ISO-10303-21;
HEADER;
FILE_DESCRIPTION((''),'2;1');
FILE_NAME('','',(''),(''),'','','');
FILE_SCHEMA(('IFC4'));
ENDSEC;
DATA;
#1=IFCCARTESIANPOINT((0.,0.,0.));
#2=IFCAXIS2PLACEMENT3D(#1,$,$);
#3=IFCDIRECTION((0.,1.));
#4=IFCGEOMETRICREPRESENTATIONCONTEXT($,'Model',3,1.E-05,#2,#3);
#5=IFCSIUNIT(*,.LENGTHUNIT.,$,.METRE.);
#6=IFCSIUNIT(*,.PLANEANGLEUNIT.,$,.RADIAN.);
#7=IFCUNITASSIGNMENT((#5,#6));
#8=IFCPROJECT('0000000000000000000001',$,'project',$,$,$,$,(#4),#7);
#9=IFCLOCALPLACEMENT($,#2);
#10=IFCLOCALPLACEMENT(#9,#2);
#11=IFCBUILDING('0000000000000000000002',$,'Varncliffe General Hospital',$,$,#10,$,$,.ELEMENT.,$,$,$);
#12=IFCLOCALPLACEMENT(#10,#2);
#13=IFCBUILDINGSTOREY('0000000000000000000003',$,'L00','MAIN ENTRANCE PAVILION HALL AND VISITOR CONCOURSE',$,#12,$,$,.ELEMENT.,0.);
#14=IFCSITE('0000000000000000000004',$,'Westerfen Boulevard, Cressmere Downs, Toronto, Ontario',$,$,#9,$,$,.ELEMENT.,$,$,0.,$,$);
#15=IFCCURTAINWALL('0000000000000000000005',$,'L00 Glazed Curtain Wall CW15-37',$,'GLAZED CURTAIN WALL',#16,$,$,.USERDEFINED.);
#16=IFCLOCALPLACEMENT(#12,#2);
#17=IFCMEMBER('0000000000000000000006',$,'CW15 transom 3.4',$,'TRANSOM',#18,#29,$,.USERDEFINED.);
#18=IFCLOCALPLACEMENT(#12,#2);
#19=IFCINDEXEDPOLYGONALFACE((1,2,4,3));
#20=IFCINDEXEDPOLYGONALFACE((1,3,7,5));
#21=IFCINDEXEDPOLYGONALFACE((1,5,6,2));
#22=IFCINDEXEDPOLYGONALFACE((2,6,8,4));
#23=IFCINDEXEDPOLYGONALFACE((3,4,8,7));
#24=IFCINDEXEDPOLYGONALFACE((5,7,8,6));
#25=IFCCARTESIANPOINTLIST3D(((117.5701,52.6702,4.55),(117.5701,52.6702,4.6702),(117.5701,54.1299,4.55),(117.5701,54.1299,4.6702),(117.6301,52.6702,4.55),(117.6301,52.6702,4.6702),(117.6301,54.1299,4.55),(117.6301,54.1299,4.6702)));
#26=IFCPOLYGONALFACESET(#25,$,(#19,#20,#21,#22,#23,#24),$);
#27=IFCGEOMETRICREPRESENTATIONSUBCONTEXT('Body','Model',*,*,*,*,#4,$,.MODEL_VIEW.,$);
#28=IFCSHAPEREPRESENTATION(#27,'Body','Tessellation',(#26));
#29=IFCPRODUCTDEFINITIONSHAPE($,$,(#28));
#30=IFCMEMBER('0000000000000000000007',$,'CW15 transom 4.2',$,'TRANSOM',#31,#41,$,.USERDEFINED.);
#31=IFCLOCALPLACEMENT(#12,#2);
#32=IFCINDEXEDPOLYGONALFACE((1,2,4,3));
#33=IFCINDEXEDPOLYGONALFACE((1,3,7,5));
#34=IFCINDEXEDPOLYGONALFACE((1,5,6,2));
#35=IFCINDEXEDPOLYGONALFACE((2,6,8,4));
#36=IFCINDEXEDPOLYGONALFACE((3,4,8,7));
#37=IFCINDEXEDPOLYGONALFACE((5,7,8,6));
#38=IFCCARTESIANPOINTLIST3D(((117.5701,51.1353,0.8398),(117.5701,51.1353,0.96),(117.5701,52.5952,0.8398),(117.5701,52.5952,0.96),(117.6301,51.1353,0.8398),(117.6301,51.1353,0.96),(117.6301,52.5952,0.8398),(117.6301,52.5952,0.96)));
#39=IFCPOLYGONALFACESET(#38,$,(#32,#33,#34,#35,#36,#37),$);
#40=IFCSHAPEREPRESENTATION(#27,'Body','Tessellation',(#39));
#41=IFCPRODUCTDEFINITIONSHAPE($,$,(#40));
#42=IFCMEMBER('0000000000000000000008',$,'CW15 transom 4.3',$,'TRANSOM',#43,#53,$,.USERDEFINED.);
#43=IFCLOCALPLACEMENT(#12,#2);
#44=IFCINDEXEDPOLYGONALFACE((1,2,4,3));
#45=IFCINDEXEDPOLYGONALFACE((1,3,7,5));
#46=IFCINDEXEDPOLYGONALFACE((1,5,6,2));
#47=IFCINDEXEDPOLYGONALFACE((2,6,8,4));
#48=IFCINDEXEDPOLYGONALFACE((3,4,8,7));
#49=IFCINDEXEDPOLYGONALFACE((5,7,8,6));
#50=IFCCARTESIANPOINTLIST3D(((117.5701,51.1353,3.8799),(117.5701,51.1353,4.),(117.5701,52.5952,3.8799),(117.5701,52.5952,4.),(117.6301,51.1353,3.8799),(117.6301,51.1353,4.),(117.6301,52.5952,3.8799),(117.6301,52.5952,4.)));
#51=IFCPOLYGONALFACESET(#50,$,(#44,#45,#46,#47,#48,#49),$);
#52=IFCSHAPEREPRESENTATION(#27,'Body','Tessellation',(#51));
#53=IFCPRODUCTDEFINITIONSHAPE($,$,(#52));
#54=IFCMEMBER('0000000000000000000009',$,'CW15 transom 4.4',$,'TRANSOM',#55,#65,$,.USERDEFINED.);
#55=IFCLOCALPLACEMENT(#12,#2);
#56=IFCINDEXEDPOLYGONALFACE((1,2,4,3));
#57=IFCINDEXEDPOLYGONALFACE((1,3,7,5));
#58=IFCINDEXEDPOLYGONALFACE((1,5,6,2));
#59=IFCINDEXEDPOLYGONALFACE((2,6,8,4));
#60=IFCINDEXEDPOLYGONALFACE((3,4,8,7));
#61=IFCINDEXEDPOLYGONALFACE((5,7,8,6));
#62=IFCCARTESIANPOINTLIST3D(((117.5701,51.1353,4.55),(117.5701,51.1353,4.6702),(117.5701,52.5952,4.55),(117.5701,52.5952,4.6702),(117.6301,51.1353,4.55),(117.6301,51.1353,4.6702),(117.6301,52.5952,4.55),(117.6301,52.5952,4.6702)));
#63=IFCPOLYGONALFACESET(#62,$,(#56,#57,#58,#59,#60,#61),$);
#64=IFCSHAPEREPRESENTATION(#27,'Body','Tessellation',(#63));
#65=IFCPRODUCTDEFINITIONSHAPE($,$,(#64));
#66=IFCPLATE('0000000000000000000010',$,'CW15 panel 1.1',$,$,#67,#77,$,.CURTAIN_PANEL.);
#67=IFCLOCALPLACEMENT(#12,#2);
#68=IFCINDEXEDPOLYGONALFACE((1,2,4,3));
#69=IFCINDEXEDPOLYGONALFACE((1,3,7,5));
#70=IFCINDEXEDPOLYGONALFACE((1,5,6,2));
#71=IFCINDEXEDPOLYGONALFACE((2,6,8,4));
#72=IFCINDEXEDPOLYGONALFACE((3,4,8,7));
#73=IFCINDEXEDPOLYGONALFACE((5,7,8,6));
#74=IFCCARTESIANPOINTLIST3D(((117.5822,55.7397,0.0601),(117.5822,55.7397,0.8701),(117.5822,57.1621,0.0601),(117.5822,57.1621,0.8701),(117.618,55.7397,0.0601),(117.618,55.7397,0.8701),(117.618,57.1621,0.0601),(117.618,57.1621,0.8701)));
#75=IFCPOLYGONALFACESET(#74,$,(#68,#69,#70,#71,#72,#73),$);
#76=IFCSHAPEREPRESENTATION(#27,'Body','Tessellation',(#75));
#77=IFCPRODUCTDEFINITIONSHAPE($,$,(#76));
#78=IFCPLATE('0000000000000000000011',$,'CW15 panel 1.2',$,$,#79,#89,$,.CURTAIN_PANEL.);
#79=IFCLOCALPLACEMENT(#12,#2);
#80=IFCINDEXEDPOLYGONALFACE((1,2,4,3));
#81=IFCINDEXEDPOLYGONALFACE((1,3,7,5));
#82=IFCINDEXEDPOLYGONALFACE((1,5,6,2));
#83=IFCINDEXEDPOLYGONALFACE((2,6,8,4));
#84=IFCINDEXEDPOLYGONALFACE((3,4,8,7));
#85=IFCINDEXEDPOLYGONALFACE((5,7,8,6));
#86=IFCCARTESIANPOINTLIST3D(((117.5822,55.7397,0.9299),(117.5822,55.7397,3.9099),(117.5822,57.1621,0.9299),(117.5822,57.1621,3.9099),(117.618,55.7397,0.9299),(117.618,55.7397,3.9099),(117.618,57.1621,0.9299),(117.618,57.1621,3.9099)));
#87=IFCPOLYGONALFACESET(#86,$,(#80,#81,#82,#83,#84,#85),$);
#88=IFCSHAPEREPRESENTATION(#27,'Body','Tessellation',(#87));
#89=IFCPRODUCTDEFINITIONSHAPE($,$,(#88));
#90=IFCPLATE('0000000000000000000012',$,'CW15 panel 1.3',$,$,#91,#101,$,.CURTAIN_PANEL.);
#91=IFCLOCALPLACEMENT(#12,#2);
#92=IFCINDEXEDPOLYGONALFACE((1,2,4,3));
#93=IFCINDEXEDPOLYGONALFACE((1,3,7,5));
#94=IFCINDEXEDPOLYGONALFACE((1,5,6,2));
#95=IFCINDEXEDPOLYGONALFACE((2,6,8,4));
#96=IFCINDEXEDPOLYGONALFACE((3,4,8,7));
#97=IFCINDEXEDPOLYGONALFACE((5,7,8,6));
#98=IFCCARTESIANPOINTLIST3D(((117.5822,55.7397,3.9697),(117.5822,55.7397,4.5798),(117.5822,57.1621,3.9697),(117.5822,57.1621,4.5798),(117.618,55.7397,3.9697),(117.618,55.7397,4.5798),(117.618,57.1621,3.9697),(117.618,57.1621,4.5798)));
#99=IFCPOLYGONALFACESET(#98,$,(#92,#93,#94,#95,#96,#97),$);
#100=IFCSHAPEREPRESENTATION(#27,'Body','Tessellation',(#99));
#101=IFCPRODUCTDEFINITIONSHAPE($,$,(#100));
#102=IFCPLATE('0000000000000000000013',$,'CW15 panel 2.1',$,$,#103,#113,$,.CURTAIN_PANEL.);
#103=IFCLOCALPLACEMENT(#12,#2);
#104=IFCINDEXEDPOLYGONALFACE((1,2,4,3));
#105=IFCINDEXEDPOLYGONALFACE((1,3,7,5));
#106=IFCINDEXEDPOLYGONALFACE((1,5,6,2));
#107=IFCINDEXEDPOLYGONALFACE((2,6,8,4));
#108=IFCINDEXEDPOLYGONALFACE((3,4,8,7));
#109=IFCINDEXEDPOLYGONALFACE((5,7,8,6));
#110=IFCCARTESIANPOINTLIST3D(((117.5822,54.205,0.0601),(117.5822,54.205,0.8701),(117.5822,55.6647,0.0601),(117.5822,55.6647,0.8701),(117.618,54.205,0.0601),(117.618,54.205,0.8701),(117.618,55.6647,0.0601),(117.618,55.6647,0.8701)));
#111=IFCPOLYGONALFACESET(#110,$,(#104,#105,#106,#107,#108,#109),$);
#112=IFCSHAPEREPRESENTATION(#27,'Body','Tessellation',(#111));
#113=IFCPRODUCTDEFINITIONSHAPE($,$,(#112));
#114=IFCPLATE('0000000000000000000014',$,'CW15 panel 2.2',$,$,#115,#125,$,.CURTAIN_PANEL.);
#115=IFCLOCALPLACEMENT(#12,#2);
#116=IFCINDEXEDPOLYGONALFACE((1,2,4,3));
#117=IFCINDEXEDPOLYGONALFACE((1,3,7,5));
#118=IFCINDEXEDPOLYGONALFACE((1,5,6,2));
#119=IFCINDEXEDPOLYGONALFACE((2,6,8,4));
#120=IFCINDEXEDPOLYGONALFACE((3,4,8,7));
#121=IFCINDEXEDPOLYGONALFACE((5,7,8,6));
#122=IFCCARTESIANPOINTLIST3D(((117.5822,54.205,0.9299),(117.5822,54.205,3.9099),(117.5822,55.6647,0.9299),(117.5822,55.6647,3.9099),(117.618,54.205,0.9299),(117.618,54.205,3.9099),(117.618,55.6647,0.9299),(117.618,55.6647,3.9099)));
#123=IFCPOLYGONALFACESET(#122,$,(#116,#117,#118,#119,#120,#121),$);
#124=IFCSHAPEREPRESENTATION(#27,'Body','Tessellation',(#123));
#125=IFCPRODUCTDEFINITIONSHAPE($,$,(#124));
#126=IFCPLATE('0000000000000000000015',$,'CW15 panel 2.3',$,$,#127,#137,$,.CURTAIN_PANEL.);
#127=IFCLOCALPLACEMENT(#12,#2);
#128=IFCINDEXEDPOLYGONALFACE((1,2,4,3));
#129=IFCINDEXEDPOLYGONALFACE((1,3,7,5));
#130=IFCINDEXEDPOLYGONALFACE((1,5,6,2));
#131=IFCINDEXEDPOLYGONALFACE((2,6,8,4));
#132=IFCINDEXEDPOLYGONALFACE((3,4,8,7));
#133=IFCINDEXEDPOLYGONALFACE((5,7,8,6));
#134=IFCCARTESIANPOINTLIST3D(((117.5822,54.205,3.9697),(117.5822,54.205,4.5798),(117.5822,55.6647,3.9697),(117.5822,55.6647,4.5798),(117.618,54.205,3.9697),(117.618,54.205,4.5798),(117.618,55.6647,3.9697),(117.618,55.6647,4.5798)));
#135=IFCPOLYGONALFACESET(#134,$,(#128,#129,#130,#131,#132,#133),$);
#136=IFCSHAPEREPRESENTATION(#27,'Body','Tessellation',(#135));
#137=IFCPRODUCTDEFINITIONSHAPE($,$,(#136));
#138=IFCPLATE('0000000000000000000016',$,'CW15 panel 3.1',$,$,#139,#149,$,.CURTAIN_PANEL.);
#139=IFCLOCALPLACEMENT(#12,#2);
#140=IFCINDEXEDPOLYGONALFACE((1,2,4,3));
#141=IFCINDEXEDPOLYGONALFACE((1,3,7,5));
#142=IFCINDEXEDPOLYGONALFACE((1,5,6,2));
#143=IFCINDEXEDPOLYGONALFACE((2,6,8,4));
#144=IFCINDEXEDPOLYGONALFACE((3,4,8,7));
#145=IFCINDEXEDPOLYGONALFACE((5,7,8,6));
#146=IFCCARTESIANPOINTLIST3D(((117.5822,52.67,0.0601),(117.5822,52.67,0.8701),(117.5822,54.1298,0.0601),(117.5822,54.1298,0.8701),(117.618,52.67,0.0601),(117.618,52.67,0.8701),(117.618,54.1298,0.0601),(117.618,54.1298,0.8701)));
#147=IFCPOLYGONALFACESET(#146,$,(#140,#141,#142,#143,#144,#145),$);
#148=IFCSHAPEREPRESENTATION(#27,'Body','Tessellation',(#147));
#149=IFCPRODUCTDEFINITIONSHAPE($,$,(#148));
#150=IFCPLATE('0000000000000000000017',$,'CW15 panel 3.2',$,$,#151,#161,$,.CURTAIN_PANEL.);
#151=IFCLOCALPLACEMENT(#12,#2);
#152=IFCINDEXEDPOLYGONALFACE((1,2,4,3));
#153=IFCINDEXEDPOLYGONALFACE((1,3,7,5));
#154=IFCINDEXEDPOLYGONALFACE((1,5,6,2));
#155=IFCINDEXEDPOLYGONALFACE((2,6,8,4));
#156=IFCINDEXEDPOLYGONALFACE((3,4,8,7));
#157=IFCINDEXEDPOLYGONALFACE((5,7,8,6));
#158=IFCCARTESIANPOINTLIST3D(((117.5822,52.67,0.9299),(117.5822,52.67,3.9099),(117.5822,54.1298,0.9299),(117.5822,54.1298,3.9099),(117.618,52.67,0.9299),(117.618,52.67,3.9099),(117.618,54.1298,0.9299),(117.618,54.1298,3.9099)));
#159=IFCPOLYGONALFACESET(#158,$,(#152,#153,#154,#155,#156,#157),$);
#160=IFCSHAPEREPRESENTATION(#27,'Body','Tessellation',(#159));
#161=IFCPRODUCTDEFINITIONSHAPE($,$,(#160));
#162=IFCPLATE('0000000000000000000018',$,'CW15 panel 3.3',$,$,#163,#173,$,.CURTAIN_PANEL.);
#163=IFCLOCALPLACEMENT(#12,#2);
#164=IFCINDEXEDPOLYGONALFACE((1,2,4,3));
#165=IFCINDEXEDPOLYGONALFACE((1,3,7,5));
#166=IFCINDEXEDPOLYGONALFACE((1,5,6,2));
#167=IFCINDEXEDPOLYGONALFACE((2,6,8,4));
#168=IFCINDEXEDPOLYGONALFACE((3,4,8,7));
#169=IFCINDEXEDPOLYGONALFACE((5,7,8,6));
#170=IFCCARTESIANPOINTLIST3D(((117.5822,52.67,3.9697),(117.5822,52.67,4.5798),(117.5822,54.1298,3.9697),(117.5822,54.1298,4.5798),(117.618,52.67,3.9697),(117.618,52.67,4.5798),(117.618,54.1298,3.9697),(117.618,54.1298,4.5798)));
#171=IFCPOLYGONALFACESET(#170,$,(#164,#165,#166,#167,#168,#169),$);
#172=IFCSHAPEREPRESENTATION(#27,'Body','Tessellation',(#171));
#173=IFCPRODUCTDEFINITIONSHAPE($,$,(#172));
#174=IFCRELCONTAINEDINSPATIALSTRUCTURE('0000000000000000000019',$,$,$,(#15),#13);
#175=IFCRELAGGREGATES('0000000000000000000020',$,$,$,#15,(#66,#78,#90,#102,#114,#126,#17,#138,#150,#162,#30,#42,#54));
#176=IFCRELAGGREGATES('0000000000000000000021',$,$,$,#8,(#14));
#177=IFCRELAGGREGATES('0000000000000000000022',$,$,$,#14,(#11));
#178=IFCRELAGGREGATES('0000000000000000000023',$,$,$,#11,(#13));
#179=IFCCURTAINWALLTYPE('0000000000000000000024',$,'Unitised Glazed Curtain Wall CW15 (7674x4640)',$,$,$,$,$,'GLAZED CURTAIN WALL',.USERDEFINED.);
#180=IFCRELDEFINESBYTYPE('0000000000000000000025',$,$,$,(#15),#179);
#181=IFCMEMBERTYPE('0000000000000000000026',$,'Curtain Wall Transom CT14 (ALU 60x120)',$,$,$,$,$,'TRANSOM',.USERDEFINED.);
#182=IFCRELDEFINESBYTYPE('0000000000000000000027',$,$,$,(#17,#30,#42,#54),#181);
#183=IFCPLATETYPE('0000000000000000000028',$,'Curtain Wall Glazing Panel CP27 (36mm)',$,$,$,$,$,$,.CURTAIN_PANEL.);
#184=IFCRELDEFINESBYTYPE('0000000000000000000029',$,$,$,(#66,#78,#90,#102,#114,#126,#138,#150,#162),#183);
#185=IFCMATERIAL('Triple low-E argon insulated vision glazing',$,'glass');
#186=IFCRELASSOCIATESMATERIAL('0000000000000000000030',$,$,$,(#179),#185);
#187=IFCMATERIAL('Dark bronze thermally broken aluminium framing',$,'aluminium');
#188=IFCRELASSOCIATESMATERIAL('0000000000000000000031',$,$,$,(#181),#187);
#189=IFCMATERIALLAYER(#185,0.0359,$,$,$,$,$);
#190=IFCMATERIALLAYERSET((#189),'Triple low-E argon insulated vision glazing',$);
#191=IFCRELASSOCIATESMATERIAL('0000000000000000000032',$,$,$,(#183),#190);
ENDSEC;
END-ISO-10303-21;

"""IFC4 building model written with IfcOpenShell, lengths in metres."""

from ifc_helpers import new_model, si_unit, direction, frame, origin, origin_2d, place, context, subcontext, project, spatial, rectangle, extrude, material, layer, layer_set, material_profile, profile_set, type_object, element, aggregate, save


model = new_model("IFC4")

# Units and contexts
model_context = context("Model", 3, precision=1e-05, world=origin(), true_north=direction((0.0, 1.0)))
body_context = subcontext(model_context, "Body", "Model", "MODEL_VIEW")
ifc_project = project(units=[si_unit("LENGTHUNIT", "METRE"), si_unit("PLANEANGLEUNIT", "RADIAN")], contexts=[model_context])

# Site, building, storey
site_placement = place(None, origin())
site = spatial("IfcSite", under=ifc_project, at=site_placement, Name="Westerfen Boulevard, Cressmere Downs, Toronto, Ontario", CompositionType="ELEMENT", RefElevation=0.0)
building_placement = place(site_placement, origin())
building = spatial("IfcBuilding", under=site, at=building_placement, Name="Varncliffe General Hospital", CompositionType="ELEMENT")
storey_placement = place(building_placement, origin())
storey = spatial("IfcBuildingStorey", under=building, at=storey_placement, Name="L00", Description="MAIN ENTRANCE PAVILION HALL AND VISITOR CONCOURSE", CompositionType="ELEMENT", Elevation=0.0)

# Curtain wall, members, plates
ifc_material_1 = material(Name="Triple low-E argon insulated vision glazing", Category="glass")
curtain_wall_type = type_object("IfcCurtainWallType", Name="Unitised Glazed Curtain Wall CW15 (7674x4640)", ElementType="GLAZED CURTAIN WALL", PredefinedType="USERDEFINED", material=ifc_material_1)
curtain_wall_placement = place(storey_placement, origin())
curtain_wall = element("IfcCurtainWall", 1, at=curtain_wall_placement, inside=storey, type_object=curtain_wall_type, Name="L00 Glazed Curtain Wall CW15-37", ObjectType="GLAZED CURTAIN WALL", PredefinedType="USERDEFINED")
ifc_material_2 = material(Name="Dark bronze thermally broken aluminium framing", Category="aluminium")
ifc_material_profile_1 = material_profile(ifc_material_2, rectangle(XDim=0.0601, YDim=0.1201, at=origin_2d()), Name="ALU 60x120")
ifc_profile_set_1 = profile_set([ifc_material_profile_1], Name="Dark bronze thermally broken aluminium framing")
member_type_1 = type_object("IfcMemberType", Name="Curtain Wall Transom CT14 (ALU 60x120)", ElementType="TRANSOM", PredefinedType="USERDEFINED", material=ifc_profile_set_1)
member_1_placement = place(storey_placement, frame((117.6001, 54.1299, 4.6101), z_axis=(0.0, -1.0, 0.0), x_axis=(1.0, 0.0, 0.0)))
member_1 = element("IfcMember", 2, at=member_1_placement, type_object=member_type_1, Name="CW15 transom 3.4", ObjectType="TRANSOM", PredefinedType="USERDEFINED", context=body_context, shape_type="SweptSolid", body=[
    extrude(rectangle(XDim=0.0601, YDim=0.1201, at=origin_2d()), origin(), (0.0, 0.0, 1.0), 1.4597),
])
member_2_placement = place(storey_placement, frame((117.6001, 52.5952, 0.8999), z_axis=(0.0, -1.0, 0.0), x_axis=(1.0, 0.0, 0.0)))
member_2 = element("IfcMember", 3, at=member_2_placement, type_object=member_type_1, Name="CW15 transom 4.2", ObjectType="TRANSOM", PredefinedType="USERDEFINED", context=body_context, shape_type="SweptSolid", body=[
    extrude(rectangle(XDim=0.0601, YDim=0.1201, at=origin_2d()), origin(), (0.0, 0.0, 1.0), 1.46),
])
member_3_placement = place(storey_placement, frame((117.6001, 52.5952, 3.9399), z_axis=(0.0, -1.0, 0.0), x_axis=(1.0, 0.0, 0.0)))
member_3 = element("IfcMember", 4, at=member_3_placement, type_object=member_type_1, Name="CW15 transom 4.3", ObjectType="TRANSOM", PredefinedType="USERDEFINED", context=body_context, shape_type="SweptSolid", body=[
    extrude(rectangle(XDim=0.0601, YDim=0.1201, at=origin_2d()), origin(), (0.0, 0.0, 1.0), 1.46),
])
member_4_placement = place(storey_placement, frame((117.6001, 52.5952, 4.6101), z_axis=(0.0, -1.0, 0.0), x_axis=(1.0, 0.0, 0.0)))
member_4 = element("IfcMember", 5, at=member_4_placement, type_object=member_type_1, Name="CW15 transom 4.4", ObjectType="TRANSOM", PredefinedType="USERDEFINED", context=body_context, shape_type="SweptSolid", body=[
    extrude(rectangle(XDim=0.0601, YDim=0.1201, at=origin_2d()), origin(), (0.0, 0.0, 1.0), 1.46),
])
ifc_layer = layer(ifc_material_1, 0.0359)
ifc_layer_set = layer_set([ifc_layer], Name="Triple low-E argon insulated vision glazing")
plate_type = type_object("IfcPlateType", Name="Curtain Wall Glazing Panel CP27 (36mm)", PredefinedType="CURTAIN_PANEL", material=ifc_layer_set)
plate_1_placement = place(storey_placement, frame((117.6001, 56.4509, 0.0601), z_axis=(0.0, 0.0, 1.0), x_axis=(0.0, -1.0, 0.0)))
plate_1 = element("IfcPlate", 6, at=plate_1_placement, type_object=plate_type, Name="CW15 panel 1.1", PredefinedType="CURTAIN_PANEL", context=body_context, shape_type="SweptSolid", body=[
    extrude(rectangle(XDim=1.4224, YDim=0.0359, at=origin_2d()), origin(), (0.0, 0.0, 1.0), 0.8101),
])
plate_2_placement = place(storey_placement, frame((117.6001, 56.4509, 0.9299), z_axis=(0.0, 0.0, 1.0), x_axis=(0.0, -1.0, 0.0)))
plate_2 = element("IfcPlate", 7, at=plate_2_placement, type_object=plate_type, Name="CW15 panel 1.2", PredefinedType="CURTAIN_PANEL", context=body_context, shape_type="SweptSolid", body=[
    extrude(rectangle(XDim=1.4224, YDim=0.0359, at=origin_2d()), origin(), (0.0, 0.0, 1.0), 2.98),
])
plate_3_placement = place(storey_placement, frame((117.6001, 56.4509, 3.9697), z_axis=(0.0, 0.0, 1.0), x_axis=(0.0, -1.0, 0.0)))
plate_3 = element("IfcPlate", 8, at=plate_3_placement, type_object=plate_type, Name="CW15 panel 1.3", PredefinedType="CURTAIN_PANEL", context=body_context, shape_type="SweptSolid", body=[
    extrude(rectangle(XDim=1.4224, YDim=0.0359, at=origin_2d()), origin(), (0.0, 0.0, 1.0), 0.6101),
])
plate_4_placement = place(storey_placement, frame((117.6001, 54.9348, 0.0601), z_axis=(0.0, 0.0, 1.0), x_axis=(0.0, -1.0, 0.0)))
plate_4 = element("IfcPlate", 9, at=plate_4_placement, type_object=plate_type, Name="CW15 panel 2.1", PredefinedType="CURTAIN_PANEL", context=body_context, shape_type="SweptSolid", body=[
    extrude(rectangle(XDim=1.4597, YDim=0.0359, at=origin_2d()), origin(), (0.0, 0.0, 1.0), 0.8101),
])
plate_5_placement = place(storey_placement, frame((117.6001, 54.9348, 0.9299), z_axis=(0.0, 0.0, 1.0), x_axis=(0.0, -1.0, 0.0)))
plate_5 = element("IfcPlate", 10, at=plate_5_placement, type_object=plate_type, Name="CW15 panel 2.2", PredefinedType="CURTAIN_PANEL", context=body_context, shape_type="SweptSolid", body=[
    extrude(rectangle(XDim=1.4597, YDim=0.0359, at=origin_2d()), origin(), (0.0, 0.0, 1.0), 2.98),
])
plate_6_placement = place(storey_placement, frame((117.6001, 54.9348, 3.9697), z_axis=(0.0, 0.0, 1.0), x_axis=(0.0, -1.0, 0.0)))
plate_6 = element("IfcPlate", 11, at=plate_6_placement, type_object=plate_type, Name="CW15 panel 2.3", PredefinedType="CURTAIN_PANEL", context=body_context, shape_type="SweptSolid", body=[
    extrude(rectangle(XDim=1.4597, YDim=0.0359, at=origin_2d()), origin(), (0.0, 0.0, 1.0), 0.6101),
])
plate_7_placement = place(storey_placement, frame((117.6001, 53.3999, 0.0601), z_axis=(0.0, 0.0, 1.0), x_axis=(0.0, -1.0, 0.0)))
plate_7 = element("IfcPlate", 12, at=plate_7_placement, type_object=plate_type, Name="CW15 panel 3.1", PredefinedType="CURTAIN_PANEL", context=body_context, shape_type="SweptSolid", body=[
    extrude(rectangle(XDim=1.4597, YDim=0.0359, at=origin_2d()), origin(), (0.0, 0.0, 1.0), 0.8101),
])
plate_8_placement = place(storey_placement, frame((117.6001, 53.3999, 0.9299), z_axis=(0.0, 0.0, 1.0), x_axis=(0.0, -1.0, 0.0)))
plate_8 = element("IfcPlate", 13, at=plate_8_placement, type_object=plate_type, Name="CW15 panel 3.2", PredefinedType="CURTAIN_PANEL", context=body_context, shape_type="SweptSolid", body=[
    extrude(rectangle(XDim=1.4597, YDim=0.0359, at=origin_2d()), origin(), (0.0, 0.0, 1.0), 2.98),
])
plate_9_placement = place(storey_placement, frame((117.6001, 53.3999, 3.9697), z_axis=(0.0, 0.0, 1.0), x_axis=(0.0, -1.0, 0.0)))
plate_9 = element("IfcPlate", 14, at=plate_9_placement, type_object=plate_type, Name="CW15 panel 3.3", PredefinedType="CURTAIN_PANEL", context=body_context, shape_type="SweptSolid", body=[
    extrude(rectangle(XDim=1.4597, YDim=0.0359, at=origin_2d()), origin(), (0.0, 0.0, 1.0), 0.6101),
])
aggregate(curtain_wall, [plate_1, plate_2, plate_3, plate_4, plate_5, plate_6, member_1, plate_7, plate_8, plate_9, member_2, member_3, member_4])

save(model, "model.ifc")
